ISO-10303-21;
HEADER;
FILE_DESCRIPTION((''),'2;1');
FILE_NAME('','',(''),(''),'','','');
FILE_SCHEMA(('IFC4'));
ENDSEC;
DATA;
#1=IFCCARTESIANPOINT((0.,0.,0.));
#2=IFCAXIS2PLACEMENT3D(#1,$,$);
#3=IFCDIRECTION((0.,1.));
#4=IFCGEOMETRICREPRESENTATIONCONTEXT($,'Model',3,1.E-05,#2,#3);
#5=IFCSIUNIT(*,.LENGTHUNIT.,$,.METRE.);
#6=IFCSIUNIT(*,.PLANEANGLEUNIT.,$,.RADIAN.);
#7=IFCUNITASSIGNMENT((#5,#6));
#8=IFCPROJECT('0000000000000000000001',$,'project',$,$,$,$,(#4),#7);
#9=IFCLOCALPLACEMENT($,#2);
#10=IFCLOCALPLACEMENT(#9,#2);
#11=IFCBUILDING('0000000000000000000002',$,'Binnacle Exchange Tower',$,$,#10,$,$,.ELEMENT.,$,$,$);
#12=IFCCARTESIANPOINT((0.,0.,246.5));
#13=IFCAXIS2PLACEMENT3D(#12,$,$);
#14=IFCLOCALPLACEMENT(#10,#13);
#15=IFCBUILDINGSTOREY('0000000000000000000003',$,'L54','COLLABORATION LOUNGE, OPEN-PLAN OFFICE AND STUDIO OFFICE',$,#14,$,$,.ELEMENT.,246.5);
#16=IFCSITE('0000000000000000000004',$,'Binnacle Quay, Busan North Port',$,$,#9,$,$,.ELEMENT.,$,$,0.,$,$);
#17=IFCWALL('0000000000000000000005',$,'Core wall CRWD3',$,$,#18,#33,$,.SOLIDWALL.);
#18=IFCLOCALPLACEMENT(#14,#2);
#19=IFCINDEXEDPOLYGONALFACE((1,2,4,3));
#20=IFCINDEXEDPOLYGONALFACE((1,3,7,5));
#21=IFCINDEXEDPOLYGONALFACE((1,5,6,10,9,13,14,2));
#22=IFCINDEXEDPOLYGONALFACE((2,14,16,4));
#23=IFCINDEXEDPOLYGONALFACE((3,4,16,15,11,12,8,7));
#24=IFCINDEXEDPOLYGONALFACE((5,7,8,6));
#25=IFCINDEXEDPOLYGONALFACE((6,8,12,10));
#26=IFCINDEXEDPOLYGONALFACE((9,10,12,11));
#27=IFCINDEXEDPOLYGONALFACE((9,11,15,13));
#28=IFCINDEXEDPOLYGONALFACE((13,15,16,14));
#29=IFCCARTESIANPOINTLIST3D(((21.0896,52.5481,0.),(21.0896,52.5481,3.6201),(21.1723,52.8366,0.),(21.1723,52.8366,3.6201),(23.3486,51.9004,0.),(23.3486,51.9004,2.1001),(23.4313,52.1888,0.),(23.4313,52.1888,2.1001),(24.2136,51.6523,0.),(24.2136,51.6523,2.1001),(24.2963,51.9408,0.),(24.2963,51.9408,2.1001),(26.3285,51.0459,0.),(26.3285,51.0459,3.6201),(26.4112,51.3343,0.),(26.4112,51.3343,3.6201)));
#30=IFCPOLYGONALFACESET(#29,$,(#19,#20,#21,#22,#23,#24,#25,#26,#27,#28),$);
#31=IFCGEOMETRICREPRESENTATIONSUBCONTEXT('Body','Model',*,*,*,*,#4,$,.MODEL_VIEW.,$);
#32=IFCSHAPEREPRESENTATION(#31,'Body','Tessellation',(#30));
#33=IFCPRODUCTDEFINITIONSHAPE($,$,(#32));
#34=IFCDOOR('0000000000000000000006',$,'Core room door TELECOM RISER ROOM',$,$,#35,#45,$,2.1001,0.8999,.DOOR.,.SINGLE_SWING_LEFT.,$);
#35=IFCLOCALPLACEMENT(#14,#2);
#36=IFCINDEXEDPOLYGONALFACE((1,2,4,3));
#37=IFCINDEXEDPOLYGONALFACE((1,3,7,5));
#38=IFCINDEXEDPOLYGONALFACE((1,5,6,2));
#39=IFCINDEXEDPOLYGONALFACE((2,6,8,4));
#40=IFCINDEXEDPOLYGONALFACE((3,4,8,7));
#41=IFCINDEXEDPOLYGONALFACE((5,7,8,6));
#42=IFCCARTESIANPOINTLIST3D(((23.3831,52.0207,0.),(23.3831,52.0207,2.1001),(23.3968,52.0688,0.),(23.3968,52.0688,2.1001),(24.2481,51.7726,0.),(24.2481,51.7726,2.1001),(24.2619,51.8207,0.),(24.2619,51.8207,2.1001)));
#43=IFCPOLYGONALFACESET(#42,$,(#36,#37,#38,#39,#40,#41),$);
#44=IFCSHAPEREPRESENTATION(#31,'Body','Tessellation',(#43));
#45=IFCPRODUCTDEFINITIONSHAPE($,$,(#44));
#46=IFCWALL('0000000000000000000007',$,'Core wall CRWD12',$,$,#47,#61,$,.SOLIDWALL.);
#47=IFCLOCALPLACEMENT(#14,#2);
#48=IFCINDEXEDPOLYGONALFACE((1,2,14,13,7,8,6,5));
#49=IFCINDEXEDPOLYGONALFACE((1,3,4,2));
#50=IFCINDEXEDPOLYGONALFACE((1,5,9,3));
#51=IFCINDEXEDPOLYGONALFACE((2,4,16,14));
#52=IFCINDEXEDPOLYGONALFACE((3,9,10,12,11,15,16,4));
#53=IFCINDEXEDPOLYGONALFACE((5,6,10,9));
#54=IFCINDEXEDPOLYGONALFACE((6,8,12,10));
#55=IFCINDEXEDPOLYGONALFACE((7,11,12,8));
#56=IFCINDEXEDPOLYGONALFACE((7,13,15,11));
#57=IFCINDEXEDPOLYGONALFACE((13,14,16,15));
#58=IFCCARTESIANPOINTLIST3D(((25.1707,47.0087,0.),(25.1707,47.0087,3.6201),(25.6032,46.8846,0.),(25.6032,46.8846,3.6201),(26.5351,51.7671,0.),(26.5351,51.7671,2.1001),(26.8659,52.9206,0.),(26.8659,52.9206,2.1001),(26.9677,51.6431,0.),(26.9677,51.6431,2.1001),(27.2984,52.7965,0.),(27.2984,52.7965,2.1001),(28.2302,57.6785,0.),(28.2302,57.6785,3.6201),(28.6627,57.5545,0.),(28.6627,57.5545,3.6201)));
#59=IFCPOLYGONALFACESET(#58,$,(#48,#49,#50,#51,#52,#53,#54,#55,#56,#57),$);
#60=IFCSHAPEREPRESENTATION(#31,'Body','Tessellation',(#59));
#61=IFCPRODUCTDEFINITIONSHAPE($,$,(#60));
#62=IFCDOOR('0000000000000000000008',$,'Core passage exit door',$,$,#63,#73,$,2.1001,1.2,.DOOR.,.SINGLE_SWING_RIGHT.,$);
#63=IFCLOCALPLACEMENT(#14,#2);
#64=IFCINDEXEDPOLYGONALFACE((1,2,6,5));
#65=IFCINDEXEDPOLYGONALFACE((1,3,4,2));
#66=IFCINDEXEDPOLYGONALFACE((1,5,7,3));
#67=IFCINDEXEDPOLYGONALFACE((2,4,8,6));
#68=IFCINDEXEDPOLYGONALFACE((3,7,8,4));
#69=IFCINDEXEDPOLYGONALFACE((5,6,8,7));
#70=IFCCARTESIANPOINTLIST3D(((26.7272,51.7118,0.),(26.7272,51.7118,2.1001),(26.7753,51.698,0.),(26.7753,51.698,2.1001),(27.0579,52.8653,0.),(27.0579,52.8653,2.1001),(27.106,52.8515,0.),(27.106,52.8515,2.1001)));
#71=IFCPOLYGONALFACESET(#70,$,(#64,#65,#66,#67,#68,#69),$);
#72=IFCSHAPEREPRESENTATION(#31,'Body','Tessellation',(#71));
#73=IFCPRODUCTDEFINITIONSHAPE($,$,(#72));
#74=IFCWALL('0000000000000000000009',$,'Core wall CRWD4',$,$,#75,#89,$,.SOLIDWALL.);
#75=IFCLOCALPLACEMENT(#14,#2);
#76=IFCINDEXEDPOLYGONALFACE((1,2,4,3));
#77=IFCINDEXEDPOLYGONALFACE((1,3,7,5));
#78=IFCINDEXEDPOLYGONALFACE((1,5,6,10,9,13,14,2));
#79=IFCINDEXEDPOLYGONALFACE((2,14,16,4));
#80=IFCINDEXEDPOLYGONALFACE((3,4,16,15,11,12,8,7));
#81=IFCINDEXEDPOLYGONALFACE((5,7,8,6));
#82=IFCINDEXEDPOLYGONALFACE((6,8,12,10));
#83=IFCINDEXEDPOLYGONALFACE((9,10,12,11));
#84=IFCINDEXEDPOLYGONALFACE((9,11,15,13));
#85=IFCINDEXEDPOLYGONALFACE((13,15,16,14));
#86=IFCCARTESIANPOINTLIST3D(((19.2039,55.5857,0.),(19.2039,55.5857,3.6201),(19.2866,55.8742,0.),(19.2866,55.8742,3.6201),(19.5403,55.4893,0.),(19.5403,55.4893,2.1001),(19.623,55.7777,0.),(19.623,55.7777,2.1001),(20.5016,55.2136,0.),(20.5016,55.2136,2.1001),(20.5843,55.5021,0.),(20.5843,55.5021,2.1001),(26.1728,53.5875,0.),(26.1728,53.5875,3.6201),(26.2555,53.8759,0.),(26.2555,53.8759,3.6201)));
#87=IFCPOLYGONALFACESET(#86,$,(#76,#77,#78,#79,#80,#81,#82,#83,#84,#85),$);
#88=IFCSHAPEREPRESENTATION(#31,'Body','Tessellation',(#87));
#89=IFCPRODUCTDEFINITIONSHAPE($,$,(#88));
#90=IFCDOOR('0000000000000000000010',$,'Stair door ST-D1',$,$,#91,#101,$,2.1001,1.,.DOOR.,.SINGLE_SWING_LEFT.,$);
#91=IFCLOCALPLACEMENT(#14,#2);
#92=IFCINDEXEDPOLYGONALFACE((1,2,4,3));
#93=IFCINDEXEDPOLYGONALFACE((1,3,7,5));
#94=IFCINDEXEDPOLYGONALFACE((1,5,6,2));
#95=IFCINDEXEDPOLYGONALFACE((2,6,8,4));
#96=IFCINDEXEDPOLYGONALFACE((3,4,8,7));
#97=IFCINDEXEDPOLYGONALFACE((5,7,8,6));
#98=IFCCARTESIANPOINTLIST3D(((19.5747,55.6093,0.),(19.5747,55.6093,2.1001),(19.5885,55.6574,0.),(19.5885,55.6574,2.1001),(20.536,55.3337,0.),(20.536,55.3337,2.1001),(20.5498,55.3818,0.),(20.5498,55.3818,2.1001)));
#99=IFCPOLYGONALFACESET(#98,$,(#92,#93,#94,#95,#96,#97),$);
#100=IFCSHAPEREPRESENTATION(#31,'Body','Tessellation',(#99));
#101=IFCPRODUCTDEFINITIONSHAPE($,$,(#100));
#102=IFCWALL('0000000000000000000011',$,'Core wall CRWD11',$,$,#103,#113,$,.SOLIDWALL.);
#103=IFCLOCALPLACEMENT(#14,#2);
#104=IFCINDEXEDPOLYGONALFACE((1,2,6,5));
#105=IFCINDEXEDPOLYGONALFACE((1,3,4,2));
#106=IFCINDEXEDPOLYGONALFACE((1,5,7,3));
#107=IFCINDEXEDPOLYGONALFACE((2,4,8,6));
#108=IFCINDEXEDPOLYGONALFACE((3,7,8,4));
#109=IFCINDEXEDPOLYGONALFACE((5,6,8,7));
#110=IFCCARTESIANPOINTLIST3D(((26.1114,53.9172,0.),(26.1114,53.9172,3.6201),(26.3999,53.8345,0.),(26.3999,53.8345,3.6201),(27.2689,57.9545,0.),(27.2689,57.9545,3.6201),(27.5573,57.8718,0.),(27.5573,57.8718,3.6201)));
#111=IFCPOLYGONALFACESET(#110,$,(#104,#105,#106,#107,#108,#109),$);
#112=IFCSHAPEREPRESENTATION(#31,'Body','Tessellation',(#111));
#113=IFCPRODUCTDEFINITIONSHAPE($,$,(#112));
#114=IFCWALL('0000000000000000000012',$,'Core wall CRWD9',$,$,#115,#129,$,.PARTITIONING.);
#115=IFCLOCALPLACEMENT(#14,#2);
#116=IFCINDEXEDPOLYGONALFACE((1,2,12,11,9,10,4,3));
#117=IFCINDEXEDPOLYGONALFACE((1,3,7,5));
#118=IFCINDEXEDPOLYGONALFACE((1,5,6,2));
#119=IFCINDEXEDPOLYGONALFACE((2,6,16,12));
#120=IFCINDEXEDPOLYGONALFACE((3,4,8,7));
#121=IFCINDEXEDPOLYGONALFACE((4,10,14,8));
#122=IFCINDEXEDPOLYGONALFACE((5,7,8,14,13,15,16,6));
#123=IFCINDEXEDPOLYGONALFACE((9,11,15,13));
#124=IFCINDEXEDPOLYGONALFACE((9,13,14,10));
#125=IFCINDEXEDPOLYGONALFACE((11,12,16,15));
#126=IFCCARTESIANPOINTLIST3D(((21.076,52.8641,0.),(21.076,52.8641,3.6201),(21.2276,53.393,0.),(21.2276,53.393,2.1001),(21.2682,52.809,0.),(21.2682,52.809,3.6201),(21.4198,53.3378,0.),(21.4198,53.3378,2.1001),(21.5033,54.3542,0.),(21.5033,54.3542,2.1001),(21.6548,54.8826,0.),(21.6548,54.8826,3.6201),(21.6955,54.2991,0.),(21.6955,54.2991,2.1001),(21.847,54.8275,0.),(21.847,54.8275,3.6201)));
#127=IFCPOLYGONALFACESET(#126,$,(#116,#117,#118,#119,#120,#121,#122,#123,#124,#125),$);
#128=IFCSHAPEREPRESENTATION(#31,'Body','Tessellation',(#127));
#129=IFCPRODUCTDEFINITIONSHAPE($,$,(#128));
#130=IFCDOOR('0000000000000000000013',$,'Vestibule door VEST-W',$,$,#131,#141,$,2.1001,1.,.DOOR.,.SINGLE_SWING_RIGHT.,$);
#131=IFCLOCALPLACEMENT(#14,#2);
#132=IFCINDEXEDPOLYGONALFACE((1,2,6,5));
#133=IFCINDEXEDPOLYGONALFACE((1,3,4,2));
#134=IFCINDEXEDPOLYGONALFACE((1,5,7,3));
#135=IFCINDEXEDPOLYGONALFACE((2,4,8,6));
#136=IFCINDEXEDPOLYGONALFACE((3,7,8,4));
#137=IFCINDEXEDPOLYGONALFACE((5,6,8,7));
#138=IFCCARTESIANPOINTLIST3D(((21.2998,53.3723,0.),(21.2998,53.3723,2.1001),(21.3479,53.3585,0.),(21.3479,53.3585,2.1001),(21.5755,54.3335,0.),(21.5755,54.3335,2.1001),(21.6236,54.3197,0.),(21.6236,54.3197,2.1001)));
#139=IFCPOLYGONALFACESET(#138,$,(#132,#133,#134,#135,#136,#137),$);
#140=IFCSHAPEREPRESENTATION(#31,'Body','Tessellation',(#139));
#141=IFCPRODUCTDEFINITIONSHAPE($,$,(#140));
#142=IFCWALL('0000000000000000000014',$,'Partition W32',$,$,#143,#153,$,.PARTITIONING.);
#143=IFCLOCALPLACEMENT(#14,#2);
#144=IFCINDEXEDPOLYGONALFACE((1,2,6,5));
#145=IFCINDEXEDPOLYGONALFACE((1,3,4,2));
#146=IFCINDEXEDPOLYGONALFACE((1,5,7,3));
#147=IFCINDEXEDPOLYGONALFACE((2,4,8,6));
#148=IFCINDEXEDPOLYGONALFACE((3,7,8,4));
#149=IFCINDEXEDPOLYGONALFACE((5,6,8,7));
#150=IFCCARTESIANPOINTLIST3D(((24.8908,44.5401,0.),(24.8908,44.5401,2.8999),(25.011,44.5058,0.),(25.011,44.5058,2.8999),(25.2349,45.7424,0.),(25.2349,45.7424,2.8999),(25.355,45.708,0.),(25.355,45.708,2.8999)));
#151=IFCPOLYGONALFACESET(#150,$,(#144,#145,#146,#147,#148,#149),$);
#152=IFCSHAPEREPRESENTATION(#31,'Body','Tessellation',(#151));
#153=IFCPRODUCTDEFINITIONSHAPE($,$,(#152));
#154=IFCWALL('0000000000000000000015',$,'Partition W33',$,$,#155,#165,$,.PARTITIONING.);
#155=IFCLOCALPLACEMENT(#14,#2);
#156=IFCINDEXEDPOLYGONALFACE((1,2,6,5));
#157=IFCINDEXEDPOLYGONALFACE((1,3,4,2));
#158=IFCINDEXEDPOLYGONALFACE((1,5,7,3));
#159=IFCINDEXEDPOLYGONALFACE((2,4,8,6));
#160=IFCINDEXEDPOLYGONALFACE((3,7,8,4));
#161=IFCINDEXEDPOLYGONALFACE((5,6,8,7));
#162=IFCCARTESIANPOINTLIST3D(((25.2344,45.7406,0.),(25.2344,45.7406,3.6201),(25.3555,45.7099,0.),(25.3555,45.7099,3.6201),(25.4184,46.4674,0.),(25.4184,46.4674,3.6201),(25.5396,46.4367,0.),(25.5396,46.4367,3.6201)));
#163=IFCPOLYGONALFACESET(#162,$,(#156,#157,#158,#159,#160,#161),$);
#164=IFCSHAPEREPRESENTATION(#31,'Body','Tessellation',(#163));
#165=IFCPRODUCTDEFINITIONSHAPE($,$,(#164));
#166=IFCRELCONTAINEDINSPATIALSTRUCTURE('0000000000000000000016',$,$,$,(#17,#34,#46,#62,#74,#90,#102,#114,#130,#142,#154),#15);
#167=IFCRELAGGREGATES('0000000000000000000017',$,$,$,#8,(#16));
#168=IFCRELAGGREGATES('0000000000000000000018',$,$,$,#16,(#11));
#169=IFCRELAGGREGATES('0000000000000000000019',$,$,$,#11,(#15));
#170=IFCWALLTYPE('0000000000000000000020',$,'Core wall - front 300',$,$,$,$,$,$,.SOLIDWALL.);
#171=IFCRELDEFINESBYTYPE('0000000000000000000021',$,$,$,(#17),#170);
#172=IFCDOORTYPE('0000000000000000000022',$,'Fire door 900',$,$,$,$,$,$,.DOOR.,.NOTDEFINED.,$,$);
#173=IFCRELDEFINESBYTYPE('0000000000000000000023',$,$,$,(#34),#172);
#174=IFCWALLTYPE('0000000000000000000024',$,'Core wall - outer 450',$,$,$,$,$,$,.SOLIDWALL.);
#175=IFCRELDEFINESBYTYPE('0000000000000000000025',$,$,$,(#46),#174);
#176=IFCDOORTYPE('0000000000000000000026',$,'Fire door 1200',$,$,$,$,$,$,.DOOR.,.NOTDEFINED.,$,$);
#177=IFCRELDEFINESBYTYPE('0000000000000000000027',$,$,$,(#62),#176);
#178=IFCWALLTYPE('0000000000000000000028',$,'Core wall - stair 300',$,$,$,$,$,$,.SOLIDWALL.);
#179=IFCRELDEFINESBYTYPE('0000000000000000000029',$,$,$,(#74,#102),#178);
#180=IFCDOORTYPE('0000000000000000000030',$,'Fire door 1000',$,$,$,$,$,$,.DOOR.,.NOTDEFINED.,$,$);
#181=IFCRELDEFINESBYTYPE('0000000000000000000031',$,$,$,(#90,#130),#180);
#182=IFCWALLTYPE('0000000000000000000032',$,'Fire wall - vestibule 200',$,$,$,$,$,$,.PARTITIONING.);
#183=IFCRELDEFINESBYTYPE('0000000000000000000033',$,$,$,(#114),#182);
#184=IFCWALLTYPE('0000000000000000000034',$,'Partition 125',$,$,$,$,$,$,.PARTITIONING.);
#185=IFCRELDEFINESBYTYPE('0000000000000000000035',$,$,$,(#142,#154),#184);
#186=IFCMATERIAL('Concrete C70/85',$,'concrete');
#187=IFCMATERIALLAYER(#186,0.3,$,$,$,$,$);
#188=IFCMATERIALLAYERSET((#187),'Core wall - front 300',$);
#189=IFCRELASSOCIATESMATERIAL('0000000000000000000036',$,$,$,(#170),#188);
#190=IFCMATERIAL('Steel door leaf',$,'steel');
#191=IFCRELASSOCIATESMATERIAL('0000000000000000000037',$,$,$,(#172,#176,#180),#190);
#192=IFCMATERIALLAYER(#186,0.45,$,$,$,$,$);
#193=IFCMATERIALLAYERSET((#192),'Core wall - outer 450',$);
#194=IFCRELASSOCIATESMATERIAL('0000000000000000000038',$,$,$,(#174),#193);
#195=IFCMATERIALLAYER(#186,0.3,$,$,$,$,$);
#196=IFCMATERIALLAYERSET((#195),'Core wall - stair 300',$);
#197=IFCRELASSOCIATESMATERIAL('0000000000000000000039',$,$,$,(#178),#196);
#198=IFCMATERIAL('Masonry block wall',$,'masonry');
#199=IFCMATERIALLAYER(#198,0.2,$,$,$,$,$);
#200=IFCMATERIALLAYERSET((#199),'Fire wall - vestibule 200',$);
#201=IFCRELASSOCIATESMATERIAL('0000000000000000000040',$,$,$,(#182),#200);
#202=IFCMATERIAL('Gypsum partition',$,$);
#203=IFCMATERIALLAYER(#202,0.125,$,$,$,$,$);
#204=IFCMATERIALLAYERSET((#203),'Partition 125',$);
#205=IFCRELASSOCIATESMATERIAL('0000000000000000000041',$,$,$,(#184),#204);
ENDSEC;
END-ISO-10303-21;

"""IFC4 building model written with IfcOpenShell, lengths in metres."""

from ifc_helpers import new_model, si_unit, direction, frame, frame_2d, origin, place, context, subcontext, project, spatial, rectangle, extrude, material, layer, layer_set, type_object, element, fill, save


model = new_model("IFC4")

# Units and contexts
model_context = context("Model", 3, precision=1e-05, world=origin(), true_north=direction((0.0, 1.0)))
body_context = subcontext(model_context, "Body", "Model", "MODEL_VIEW")
ifc_project = project(units=[si_unit("LENGTHUNIT", "METRE"), si_unit("PLANEANGLEUNIT", "RADIAN")], contexts=[model_context])

# Site, building, storey
site_placement = place(None, origin())
site = spatial("IfcSite", under=ifc_project, at=site_placement, Name="Binnacle Quay, Busan North Port", CompositionType="ELEMENT", RefElevation=0.0)
building_placement = place(site_placement, origin())
building = spatial("IfcBuilding", under=site, at=building_placement, Name="Binnacle Exchange Tower", CompositionType="ELEMENT")
storey_placement = place(building_placement, frame((0.0, 0.0, 246.5)))
storey = spatial("IfcBuildingStorey", under=building, at=storey_placement, Name="L54", Description="COLLABORATION LOUNGE, OPEN-PLAN OFFICE AND STUDIO OFFICE", CompositionType="ELEMENT", Elevation=246.5)

# Walls, openings, doors
ifc_material_1 = material(Name="Concrete C70/85", Category="concrete")
ifc_layer_1 = layer(ifc_material_1, 0.3)
ifc_layer_set_1 = layer_set([ifc_layer_1], Name="Core wall - front 300")
wall_type_1 = type_object("IfcWallType", Name="Core wall - front 300", PredefinedType="SOLIDWALL", material=ifc_layer_set_1)
wall_1_placement = place(storey_placement, frame((21.1309, 52.6924, 0.0), z_axis=(0.0, 0.0, 1.0), x_axis=(0.961261, -0.275638, 0.0)))
wall_1 = element("IfcWall", 1, at=wall_1_placement, inside=storey, type_object=wall_type_1, Name="Core wall CRWD3", PredefinedType="SOLIDWALL", context=body_context, shape_type="SweptSolid", body=[
    extrude(rectangle(XDim=5.45, YDim=0.3, at=frame_2d((2.7251, 0.0))), origin(), (0.0, 0.0, 1.0), 3.6201),
])
opening_1_placement = place(wall_1_placement, frame((2.3501, 0.0, 0.0)))
opening_1 = element("IfcOpeningElement", 2, at=opening_1_placement, cuts=wall_1, PredefinedType="OPENING", context=body_context, shape_type="SweptSolid", body=[
    extrude(rectangle(XDim=0.8999, YDim=2.1001, at=frame_2d((0.45, 1.05))), frame((0.0, 0.1599, 0.0), z_axis=(0.0, -1.0, 0.0), x_axis=(1.0, 0.0, 0.0)), (0.0, 0.0, 1.0), 0.3201),
])
ifc_material_2 = material(Name="Steel door leaf", Category="steel")
door_type_1 = type_object("IfcDoorType", Name="Fire door 900", OperationType="NOTDEFINED", PredefinedType="DOOR", material=ifc_material_2)
door_1_placement = place(opening_1_placement, frame((0.8999, 0.0, 0.0), z_axis=(0.0, 0.0, 1.0), x_axis=(-1.0, 0.0, 0.0)))
door_1 = element("IfcDoor", 3, at=door_1_placement, inside=storey, type_object=door_type_1, Name="Core room door TELECOM RISER ROOM", OperationType="SINGLE_SWING_LEFT", OverallHeight=2.1001, OverallWidth=0.8999, PredefinedType="DOOR", context=body_context, shape_type="SweptSolid", body=[
    extrude(rectangle(XDim=0.8999, YDim=2.1001, at=frame_2d((0.45, 1.05))), frame((0.0, 0.0249, 0.0), z_axis=(0.0, -1.0, 0.0), x_axis=(1.0, 0.0, 0.0)), (0.0, 0.0, 1.0), 0.05),
])
fill(opening_1, door_1)
ifc_layer_2 = layer(ifc_material_1, 0.45)
ifc_layer_set_2 = layer_set([ifc_layer_2], Name="Core wall - outer 450")
wall_type_2 = type_object("IfcWallType", Name="Core wall - outer 450", PredefinedType="SOLIDWALL", material=ifc_layer_set_2)
wall_2_placement = place(storey_placement, frame((25.387, 46.9468, 0.0), z_axis=(0.0, 0.0, 1.0), x_axis=(0.275639, 0.961261, 0.0)))
wall_2 = element("IfcWall", 4, at=wall_2_placement, inside=storey, type_object=wall_type_2, Name="Core wall CRWD12", PredefinedType="SOLIDWALL", context=body_context, shape_type="SweptSolid", body=[
    extrude(rectangle(XDim=11.0999, YDim=0.45, at=frame_2d((5.5498, 0.0))), origin(), (0.0, 0.0, 1.0), 3.6201),
])
opening_2_placement = place(wall_2_placement, frame((4.95, 0.0, 0.0)))
opening_2 = element("IfcOpeningElement", 5, at=opening_2_placement, cuts=wall_2, PredefinedType="OPENING", context=body_context, shape_type="SweptSolid", body=[
    extrude(rectangle(XDim=1.2, YDim=2.1001, at=frame_2d((0.6001, 1.05))), frame((0.0, 0.2349, 0.0), z_axis=(0.0, -1.0, 0.0), x_axis=(1.0, 0.0, 0.0)), (0.0, 0.0, 1.0), 0.47),
])
door_type_2 = type_object("IfcDoorType", Name="Fire door 1200", OperationType="NOTDEFINED", PredefinedType="DOOR", material=ifc_material_2)
door_2_placement = place(opening_2_placement, frame((1.2, 0.0, 0.0), z_axis=(0.0, 0.0, 1.0), x_axis=(-1.0, 0.0, 0.0)))
door_2 = element("IfcDoor", 6, at=door_2_placement, inside=storey, type_object=door_type_2, Name="Core passage exit door", OperationType="SINGLE_SWING_RIGHT", OverallHeight=2.1001, OverallWidth=1.2, PredefinedType="DOOR", context=body_context, shape_type="SweptSolid", body=[
    extrude(rectangle(XDim=1.2, YDim=2.1001, at=frame_2d((0.6001, 1.05))), frame((0.0, 0.0249, 0.0), z_axis=(0.0, -1.0, 0.0), x_axis=(1.0, 0.0, 0.0)), (0.0, 0.0, 1.0), 0.05),
])
fill(opening_2, door_2)
ifc_layer_3 = layer(ifc_material_1, 0.3)
ifc_layer_set_3 = layer_set([ifc_layer_3], Name="Core wall - stair 300")
wall_type_3 = type_object("IfcWallType", Name="Core wall - stair 300", PredefinedType="SOLIDWALL", material=ifc_layer_set_3)
wall_3_placement = place(storey_placement, frame((19.2451, 55.73, 0.0), z_axis=(0.0, 0.0, 1.0), x_axis=(0.961263, -0.275633, 0.0)))
wall_3 = element("IfcWall", 7, at=wall_3_placement, inside=storey, type_object=wall_type_3, Name="Core wall CRWD4", PredefinedType="SOLIDWALL", context=body_context, shape_type="SweptSolid", body=[
    extrude(rectangle(XDim=7.2498, YDim=0.3, at=frame_2d((3.625, 0.0))), origin(), (0.0, 0.0, 1.0), 3.6201),
])
opening_3_placement = place(wall_3_placement, frame((0.3501, 0.0, 0.0)))
opening_3 = element("IfcOpeningElement", 8, at=opening_3_placement, cuts=wall_3, PredefinedType="OPENING", context=body_context, shape_type="SweptSolid", body=[
    extrude(rectangle(XDim=1.0, YDim=2.1001, at=frame_2d((0.5, 1.05))), frame((0.0, 0.1599, 0.0), z_axis=(0.0, -1.0, 0.0), x_axis=(1.0, 0.0, 0.0)), (0.0, 0.0, 1.0), 0.3201),
])
door_type_3 = type_object("IfcDoorType", Name="Fire door 1000", OperationType="NOTDEFINED", PredefinedType="DOOR", material=ifc_material_2)
door_3_placement = place(opening_3_placement, origin())
door_3 = element("IfcDoor", 9, at=door_3_placement, inside=storey, type_object=door_type_3, Name="Stair door ST-D1", OperationType="SINGLE_SWING_LEFT", OverallHeight=2.1001, OverallWidth=1.0, PredefinedType="DOOR", context=body_context, shape_type="SweptSolid", body=[
    extrude(rectangle(XDim=1.0, YDim=2.1001, at=frame_2d((0.5, 1.05))), frame((0.0, 0.0249, 0.0), z_axis=(0.0, -1.0, 0.0), x_axis=(1.0, 0.0, 0.0)), (0.0, 0.0, 1.0), 0.05),
])
fill(opening_3, door_3)

# Wall
wall_4_placement = place(storey_placement, frame((26.2556, 53.8757, 0.0), z_axis=(0.0, 0.0, 1.0), x_axis=(0.275589, 0.961276, 0.0)))
element("IfcWall", 10, at=wall_4_placement, inside=storey, type_object=wall_type_3, Name="Core wall CRWD11", PredefinedType="SOLIDWALL", context=body_context, shape_type="SweptSolid", body=[
    extrude(rectangle(XDim=4.2, YDim=0.3, at=frame_2d((2.1001, 0.0))), origin(), (0.0, 0.0, 1.0), 3.6201),
])

# Wall, opening, door
ifc_material_3 = material(Name="Masonry block wall", Category="masonry")
ifc_layer_4 = layer(ifc_material_3, 0.2)
ifc_layer_set_4 = layer_set([ifc_layer_4], Name="Fire wall - vestibule 200")
wall_type_4 = type_object("IfcWallType", Name="Fire wall - vestibule 200", PredefinedType="PARTITIONING", material=ifc_layer_set_4)
wall_5_placement = place(storey_placement, frame((21.1721, 52.8367, 0.0), z_axis=(0.0, 0.0, 1.0), x_axis=(0.275658, 0.961256, 0.0)))
wall_5 = element("IfcWall", 11, at=wall_5_placement, inside=storey, type_object=wall_type_4, Name="Core wall CRWD9", PredefinedType="PARTITIONING", context=body_context, shape_type="SweptSolid", body=[
    extrude(rectangle(XDim=2.0999, YDim=0.2, at=frame_2d((1.0498, 0.0))), origin(), (0.0, 0.0, 1.0), 3.6201),
])
opening_4_placement = place(wall_5_placement, frame((0.55, 0.0, 0.0)))
opening_4 = element("IfcOpeningElement", 12, at=opening_4_placement, cuts=wall_5, PredefinedType="OPENING", context=body_context, shape_type="SweptSolid", body=[
    extrude(rectangle(XDim=1.0, YDim=2.1001, at=frame_2d((0.5, 1.05))), frame((0.0, 0.1099, 0.0), z_axis=(0.0, -1.0, 0.0), x_axis=(1.0, 0.0, 0.0)), (0.0, 0.0, 1.0), 0.22),
])
door_4_placement = place(opening_4_placement, origin())
door_4 = element("IfcDoor", 13, at=door_4_placement, inside=storey, type_object=door_type_3, Name="Vestibule door VEST-W", OperationType="SINGLE_SWING_RIGHT", OverallHeight=2.1001, OverallWidth=1.0, PredefinedType="DOOR", context=body_context, shape_type="SweptSolid", body=[
    extrude(rectangle(XDim=1.0, YDim=2.1001, at=frame_2d((0.5, 1.05))), frame((0.0, 0.0249, 0.0), z_axis=(0.0, -1.0, 0.0), x_axis=(1.0, 0.0, 0.0)), (0.0, 0.0, 1.0), 0.05),
])
fill(opening_4, door_4)

# Walls
ifc_material_4 = material(Name="Gypsum partition")
ifc_layer_5 = layer(ifc_material_4, 0.125)
ifc_layer_set_5 = layer_set([ifc_layer_5], Name="Partition 125")
wall_type_5 = type_object("IfcWallType", Name="Partition 125", PredefinedType="PARTITIONING", material=ifc_layer_set_5)
wall_6_placement = place(storey_placement, frame((24.9509, 44.5229, 0.0), z_axis=(0.0, 0.0, 1.0), x_axis=(0.275108, 0.961413, 0.0)))
element("IfcWall", 14, at=wall_6_placement, inside=storey, type_object=wall_type_5, Name="Partition W32", PredefinedType="PARTITIONING", context=body_context, shape_type="SweptSolid", body=[
    extrude(rectangle(XDim=1.2505, YDim=0.125, at=frame_2d((0.6252, 0.0))), origin(), (0.0, 0.0, 1.0), 2.8999),
])
wall_7_placement = place(storey_placement, frame((25.2949, 45.7251, 0.0), z_axis=(0.0, 0.0, 1.0), x_axis=(0.245523, 0.969391, 0.0)))
element("IfcWall", 15, at=wall_7_placement, inside=storey, type_object=wall_type_5, Name="Partition W33", PredefinedType="PARTITIONING", context=body_context, shape_type="SweptSolid", body=[
    extrude(rectangle(XDim=0.7498, YDim=0.125, at=frame_2d((0.375, 0.0))), origin(), (0.0, 0.0, 1.0), 3.6201),
])

save(model, "model.ifc")
